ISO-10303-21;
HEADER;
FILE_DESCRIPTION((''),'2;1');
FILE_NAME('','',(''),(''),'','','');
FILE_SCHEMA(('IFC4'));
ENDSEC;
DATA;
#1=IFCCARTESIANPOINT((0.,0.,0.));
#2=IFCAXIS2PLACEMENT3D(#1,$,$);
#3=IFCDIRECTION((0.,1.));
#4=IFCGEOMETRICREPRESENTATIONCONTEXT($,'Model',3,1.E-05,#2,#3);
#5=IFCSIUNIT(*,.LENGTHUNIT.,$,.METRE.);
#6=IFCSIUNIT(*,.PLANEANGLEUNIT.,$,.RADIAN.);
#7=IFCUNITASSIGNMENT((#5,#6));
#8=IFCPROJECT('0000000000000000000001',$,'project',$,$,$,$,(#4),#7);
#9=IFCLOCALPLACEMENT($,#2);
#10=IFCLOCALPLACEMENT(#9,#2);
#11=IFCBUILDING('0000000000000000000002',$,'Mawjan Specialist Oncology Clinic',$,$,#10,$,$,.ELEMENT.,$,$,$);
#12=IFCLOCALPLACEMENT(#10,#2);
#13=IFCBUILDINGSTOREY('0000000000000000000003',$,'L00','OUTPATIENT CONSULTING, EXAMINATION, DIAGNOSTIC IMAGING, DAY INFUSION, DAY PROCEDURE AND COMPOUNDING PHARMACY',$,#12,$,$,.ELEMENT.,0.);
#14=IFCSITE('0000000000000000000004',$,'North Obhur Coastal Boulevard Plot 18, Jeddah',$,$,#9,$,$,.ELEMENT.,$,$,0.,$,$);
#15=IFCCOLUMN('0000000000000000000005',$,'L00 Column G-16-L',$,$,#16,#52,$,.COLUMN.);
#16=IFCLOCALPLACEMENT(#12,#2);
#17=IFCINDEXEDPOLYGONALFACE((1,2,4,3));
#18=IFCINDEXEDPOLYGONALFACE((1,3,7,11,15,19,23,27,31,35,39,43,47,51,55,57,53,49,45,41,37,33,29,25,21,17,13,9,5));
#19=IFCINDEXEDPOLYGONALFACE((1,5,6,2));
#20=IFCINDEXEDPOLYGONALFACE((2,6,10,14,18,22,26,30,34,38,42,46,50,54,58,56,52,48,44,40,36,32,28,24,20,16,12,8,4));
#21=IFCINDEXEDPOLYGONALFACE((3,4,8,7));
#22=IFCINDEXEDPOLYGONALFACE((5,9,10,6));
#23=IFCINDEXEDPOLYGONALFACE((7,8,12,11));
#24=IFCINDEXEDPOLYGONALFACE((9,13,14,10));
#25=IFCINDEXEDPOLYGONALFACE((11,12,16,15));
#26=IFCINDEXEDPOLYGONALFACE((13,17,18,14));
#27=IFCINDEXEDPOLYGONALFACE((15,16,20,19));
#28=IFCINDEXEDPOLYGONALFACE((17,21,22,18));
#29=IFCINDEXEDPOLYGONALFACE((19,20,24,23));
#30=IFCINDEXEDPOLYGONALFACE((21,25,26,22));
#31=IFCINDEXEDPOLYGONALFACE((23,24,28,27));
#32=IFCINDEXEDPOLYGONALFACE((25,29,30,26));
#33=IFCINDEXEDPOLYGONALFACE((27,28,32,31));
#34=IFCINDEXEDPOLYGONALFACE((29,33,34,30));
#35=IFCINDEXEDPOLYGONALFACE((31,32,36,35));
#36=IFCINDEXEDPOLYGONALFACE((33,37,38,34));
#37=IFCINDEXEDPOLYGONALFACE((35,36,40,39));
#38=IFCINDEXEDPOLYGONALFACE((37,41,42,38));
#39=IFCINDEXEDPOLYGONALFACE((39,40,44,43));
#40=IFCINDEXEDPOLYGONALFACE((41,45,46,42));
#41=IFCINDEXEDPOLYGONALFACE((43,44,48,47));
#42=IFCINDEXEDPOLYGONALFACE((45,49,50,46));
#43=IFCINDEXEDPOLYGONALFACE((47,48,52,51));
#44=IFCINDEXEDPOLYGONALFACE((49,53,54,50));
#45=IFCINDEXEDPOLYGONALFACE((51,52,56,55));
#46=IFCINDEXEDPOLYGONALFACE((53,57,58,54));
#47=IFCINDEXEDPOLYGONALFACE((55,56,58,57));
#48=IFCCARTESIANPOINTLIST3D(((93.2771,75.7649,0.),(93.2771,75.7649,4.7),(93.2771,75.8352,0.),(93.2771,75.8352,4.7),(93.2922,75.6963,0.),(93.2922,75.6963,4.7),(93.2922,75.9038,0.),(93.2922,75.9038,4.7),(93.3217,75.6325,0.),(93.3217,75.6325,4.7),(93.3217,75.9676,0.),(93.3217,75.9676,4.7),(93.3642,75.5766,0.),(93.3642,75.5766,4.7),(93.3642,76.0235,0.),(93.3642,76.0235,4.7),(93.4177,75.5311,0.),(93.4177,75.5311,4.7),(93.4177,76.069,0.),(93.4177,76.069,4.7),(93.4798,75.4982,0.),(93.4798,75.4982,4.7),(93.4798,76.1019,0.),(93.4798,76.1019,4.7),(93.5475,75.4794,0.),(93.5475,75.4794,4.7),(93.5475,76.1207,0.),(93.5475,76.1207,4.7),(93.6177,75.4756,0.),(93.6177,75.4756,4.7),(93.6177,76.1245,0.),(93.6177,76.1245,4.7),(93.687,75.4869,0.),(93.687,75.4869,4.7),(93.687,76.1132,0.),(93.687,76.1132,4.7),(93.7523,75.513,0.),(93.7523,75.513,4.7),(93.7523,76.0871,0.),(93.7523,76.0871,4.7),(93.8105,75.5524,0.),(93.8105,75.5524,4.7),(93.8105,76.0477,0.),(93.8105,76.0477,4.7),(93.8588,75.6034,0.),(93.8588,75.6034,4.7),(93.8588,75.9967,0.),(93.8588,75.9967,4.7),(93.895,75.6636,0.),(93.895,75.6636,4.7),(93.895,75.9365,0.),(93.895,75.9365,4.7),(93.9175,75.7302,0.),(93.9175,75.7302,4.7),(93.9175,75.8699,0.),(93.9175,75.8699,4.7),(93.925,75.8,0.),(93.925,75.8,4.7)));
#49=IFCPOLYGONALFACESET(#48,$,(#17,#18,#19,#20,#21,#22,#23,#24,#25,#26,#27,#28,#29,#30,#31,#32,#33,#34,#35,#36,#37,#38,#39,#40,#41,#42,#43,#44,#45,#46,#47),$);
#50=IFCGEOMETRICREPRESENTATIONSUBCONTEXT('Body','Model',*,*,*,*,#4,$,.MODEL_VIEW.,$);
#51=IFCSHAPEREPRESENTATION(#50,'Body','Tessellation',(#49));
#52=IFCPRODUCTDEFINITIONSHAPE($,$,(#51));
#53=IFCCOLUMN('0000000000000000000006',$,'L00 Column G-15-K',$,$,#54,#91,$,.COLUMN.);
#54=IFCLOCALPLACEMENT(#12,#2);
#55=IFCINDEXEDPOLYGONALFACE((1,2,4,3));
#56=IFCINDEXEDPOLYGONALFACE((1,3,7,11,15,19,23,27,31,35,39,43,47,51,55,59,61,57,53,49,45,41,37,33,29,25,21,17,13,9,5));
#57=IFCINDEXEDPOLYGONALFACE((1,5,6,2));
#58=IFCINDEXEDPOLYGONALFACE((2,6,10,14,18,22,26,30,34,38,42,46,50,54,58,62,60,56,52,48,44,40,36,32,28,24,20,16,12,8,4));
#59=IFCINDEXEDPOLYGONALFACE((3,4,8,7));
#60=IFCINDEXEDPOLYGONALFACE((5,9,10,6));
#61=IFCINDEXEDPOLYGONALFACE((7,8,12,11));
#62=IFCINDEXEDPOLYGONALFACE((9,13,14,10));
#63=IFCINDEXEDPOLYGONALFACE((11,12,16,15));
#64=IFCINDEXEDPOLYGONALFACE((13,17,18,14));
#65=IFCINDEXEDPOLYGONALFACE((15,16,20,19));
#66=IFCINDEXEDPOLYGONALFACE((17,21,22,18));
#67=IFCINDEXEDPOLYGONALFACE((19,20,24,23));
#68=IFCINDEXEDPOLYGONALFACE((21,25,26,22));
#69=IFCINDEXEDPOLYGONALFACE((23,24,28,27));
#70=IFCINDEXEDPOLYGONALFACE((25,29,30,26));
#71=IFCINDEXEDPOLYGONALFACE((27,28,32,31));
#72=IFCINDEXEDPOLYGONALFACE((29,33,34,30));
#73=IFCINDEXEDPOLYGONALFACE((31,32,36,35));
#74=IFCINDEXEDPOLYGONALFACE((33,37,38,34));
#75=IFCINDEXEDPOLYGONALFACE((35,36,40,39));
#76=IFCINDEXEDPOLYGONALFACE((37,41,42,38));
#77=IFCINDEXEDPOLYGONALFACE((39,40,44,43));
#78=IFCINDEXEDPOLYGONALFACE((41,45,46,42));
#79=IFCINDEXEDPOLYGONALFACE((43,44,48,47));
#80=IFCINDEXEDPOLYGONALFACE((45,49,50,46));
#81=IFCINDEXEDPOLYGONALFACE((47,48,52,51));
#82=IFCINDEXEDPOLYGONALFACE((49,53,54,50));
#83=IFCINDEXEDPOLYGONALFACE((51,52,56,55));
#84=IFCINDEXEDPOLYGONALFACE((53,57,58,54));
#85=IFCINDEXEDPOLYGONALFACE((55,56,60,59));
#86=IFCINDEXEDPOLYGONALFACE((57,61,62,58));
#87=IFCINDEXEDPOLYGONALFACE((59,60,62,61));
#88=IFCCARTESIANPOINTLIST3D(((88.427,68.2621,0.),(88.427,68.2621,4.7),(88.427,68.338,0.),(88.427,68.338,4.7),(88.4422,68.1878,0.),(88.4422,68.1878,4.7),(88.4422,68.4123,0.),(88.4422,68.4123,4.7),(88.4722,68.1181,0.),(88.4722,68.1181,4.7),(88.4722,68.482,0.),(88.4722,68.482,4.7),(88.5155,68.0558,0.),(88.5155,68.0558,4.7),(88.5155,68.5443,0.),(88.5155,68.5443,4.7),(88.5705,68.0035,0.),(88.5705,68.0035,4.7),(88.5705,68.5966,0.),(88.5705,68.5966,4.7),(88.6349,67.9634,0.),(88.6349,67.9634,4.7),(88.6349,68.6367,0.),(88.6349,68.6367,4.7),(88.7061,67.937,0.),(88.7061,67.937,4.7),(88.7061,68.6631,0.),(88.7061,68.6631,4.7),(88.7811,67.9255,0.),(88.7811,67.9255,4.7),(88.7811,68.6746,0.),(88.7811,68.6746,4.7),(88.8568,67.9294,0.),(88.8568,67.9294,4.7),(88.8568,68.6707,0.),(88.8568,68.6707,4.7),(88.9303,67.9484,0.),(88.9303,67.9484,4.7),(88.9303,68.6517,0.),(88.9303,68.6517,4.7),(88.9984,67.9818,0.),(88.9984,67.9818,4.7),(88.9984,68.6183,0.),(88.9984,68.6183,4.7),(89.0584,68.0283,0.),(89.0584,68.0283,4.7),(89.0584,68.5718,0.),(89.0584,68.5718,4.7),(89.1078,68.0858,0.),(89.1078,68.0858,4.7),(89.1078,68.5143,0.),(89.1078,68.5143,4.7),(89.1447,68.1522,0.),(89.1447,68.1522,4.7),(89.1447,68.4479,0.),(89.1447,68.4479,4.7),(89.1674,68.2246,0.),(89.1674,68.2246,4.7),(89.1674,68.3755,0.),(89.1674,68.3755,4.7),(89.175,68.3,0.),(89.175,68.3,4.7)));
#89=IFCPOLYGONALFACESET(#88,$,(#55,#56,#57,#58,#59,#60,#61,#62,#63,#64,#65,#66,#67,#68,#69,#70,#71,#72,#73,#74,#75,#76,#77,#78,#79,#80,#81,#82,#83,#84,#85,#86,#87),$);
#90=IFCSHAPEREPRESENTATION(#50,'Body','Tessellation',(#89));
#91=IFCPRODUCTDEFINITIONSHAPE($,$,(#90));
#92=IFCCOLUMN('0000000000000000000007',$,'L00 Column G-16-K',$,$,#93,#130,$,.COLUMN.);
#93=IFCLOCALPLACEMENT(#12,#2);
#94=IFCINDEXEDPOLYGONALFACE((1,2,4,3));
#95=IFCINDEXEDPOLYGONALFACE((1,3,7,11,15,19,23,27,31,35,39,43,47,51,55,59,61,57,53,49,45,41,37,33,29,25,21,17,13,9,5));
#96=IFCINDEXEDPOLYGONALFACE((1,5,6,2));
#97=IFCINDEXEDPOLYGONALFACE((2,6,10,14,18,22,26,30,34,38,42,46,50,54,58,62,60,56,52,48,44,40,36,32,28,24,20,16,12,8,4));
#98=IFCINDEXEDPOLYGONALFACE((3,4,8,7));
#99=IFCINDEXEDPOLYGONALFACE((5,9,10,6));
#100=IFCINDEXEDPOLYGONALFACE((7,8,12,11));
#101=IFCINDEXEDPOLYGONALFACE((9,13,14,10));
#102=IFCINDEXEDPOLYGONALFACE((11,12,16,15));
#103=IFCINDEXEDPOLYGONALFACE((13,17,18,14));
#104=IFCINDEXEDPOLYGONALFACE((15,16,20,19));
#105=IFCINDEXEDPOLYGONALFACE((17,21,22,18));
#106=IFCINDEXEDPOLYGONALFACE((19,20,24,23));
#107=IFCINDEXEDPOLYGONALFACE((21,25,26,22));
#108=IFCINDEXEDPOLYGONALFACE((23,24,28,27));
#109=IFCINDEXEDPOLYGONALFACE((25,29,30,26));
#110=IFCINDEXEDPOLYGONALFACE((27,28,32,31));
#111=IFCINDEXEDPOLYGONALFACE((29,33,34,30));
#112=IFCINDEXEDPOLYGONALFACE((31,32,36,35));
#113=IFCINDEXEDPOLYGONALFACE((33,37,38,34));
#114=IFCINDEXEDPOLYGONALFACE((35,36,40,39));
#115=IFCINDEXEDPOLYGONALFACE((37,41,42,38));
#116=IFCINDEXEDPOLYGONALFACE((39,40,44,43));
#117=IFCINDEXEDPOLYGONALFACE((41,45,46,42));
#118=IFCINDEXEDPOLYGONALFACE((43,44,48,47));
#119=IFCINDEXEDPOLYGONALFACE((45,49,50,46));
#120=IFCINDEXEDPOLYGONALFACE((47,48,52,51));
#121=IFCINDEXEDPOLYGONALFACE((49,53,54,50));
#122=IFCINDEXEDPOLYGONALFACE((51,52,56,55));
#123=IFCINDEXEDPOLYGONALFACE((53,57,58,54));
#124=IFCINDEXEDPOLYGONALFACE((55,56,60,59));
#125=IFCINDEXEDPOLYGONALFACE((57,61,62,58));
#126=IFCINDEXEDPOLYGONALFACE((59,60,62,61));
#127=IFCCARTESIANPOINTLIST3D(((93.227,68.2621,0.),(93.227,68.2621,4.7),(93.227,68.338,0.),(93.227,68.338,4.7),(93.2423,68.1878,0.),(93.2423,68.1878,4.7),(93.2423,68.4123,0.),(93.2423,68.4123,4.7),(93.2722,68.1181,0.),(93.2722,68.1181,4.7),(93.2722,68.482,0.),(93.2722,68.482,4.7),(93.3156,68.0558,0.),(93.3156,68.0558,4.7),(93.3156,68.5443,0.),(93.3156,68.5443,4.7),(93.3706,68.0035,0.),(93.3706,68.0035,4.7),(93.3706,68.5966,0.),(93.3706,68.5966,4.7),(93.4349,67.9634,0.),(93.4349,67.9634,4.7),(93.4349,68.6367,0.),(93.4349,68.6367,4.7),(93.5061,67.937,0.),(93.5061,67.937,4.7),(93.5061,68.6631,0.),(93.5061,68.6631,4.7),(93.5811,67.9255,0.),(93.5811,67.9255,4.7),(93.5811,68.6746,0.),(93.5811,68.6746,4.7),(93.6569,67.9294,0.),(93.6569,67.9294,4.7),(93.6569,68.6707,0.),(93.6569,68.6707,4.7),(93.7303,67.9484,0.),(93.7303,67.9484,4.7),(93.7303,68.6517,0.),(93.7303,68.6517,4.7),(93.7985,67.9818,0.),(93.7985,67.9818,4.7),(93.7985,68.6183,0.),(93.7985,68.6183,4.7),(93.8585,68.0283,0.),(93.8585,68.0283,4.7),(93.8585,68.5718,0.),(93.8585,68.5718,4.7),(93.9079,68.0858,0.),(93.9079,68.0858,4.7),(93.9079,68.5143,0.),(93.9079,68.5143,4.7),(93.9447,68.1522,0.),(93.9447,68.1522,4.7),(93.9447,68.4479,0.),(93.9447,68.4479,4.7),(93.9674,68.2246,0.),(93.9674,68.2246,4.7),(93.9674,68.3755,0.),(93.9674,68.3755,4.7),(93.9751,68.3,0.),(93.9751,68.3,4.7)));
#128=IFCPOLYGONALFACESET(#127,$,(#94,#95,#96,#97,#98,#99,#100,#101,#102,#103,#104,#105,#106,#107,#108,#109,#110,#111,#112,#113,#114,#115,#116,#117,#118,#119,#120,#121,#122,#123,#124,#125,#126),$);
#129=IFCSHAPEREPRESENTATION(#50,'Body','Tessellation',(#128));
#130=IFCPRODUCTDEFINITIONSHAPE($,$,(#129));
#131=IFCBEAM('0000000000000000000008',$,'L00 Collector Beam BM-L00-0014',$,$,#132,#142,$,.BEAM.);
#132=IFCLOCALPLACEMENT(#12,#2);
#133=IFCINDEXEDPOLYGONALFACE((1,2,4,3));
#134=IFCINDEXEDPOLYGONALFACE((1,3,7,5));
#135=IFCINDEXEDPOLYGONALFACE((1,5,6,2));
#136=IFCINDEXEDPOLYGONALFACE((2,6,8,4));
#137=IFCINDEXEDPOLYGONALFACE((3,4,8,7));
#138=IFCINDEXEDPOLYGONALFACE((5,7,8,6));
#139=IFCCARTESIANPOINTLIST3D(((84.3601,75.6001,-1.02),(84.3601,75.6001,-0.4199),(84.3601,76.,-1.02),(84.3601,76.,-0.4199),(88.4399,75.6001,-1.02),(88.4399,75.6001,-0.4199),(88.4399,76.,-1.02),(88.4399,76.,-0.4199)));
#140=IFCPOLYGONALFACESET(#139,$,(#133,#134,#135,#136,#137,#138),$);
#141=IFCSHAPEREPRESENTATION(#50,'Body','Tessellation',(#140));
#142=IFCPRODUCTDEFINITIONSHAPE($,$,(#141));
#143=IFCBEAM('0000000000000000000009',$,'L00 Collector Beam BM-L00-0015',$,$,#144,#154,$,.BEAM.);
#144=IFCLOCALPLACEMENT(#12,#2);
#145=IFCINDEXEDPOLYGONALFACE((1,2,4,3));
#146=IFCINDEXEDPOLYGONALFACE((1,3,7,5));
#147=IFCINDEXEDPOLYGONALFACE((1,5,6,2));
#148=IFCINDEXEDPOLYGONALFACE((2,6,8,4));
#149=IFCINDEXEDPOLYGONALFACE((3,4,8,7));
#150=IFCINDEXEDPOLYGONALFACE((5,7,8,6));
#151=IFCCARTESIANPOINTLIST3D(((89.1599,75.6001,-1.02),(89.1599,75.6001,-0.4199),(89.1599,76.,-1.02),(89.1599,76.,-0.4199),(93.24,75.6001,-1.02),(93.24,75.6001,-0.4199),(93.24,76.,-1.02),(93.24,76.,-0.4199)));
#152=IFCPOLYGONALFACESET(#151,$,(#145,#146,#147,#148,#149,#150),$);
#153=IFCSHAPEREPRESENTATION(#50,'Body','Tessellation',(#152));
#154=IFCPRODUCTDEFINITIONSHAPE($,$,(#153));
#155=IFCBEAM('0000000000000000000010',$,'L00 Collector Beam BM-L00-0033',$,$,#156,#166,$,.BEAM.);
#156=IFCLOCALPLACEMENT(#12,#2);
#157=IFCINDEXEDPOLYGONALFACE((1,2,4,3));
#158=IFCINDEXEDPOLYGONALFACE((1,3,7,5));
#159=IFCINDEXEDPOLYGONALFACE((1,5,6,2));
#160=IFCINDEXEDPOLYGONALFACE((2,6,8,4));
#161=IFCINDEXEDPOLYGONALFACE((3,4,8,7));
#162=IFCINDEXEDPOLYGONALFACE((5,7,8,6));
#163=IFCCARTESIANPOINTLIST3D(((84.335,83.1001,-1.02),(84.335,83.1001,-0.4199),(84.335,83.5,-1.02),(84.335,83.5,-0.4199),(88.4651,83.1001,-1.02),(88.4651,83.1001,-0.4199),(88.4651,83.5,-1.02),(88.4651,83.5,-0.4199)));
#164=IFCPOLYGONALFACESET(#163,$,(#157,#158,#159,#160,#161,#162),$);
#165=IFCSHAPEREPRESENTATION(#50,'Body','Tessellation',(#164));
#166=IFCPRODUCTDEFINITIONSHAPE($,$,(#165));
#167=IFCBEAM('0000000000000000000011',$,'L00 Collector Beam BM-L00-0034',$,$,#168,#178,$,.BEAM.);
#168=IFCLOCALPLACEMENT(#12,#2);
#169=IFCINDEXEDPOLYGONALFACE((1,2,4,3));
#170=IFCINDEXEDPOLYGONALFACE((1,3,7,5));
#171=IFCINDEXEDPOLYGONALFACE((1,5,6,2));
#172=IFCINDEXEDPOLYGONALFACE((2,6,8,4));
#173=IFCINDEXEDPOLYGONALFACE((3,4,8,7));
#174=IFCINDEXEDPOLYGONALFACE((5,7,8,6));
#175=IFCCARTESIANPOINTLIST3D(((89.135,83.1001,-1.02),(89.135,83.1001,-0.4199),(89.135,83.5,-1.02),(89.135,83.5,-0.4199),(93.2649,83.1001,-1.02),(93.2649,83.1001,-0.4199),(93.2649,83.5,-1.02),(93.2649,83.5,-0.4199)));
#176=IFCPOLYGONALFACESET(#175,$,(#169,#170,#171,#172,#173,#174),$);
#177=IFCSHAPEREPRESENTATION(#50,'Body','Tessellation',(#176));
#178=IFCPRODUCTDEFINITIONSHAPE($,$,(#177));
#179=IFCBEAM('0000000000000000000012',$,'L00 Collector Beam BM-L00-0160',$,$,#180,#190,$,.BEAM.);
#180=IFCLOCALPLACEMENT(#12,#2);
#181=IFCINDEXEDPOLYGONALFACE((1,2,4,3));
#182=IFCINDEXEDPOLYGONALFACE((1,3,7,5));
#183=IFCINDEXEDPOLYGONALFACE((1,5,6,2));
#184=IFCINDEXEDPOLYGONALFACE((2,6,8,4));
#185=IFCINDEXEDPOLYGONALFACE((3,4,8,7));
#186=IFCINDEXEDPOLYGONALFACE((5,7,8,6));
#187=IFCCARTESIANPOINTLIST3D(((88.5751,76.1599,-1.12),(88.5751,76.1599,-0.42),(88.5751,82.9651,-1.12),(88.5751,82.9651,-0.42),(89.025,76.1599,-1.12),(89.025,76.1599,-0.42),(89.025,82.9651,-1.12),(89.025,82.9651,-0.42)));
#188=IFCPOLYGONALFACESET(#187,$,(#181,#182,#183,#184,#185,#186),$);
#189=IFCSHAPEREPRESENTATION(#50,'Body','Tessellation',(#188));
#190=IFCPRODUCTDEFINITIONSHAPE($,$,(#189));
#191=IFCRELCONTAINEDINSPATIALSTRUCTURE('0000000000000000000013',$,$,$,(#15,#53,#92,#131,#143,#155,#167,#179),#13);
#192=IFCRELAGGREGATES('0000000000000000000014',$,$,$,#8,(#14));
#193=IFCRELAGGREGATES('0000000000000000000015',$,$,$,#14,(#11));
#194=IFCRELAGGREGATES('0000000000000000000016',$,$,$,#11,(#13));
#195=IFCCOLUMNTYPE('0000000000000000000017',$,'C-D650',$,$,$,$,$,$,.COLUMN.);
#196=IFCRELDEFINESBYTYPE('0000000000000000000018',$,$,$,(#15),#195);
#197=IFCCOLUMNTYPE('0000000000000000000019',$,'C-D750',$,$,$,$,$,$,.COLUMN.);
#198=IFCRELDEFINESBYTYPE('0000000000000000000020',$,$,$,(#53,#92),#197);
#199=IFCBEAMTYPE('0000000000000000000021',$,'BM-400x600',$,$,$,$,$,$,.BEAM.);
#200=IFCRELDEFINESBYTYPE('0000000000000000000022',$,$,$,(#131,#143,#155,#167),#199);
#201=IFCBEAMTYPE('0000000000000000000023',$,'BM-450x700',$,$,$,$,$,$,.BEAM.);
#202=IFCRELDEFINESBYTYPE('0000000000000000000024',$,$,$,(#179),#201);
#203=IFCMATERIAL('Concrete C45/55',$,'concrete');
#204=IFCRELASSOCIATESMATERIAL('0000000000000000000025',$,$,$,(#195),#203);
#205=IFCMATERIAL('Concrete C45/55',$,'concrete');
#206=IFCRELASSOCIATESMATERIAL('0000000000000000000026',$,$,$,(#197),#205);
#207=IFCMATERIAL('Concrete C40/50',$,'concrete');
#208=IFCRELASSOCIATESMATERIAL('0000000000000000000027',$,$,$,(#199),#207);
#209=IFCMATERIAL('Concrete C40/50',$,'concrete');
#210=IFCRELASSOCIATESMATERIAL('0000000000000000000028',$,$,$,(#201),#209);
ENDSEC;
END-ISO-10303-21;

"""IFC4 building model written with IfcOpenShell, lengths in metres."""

from ifc_helpers import new_model, si_unit, direction, frame, origin, origin_2d, place, context, subcontext, project, spatial, rectangle, circle, extrude, material, material_profile, profile_set, type_object, element, save


model = new_model("IFC4")

# Units and contexts
model_context = context("Model", 3, precision=1e-05, world=origin(), true_north=direction((0.0, 1.0)))
body_context = subcontext(model_context, "Body", "Model", "MODEL_VIEW")
ifc_project = project(units=[si_unit("LENGTHUNIT", "METRE"), si_unit("PLANEANGLEUNIT", "RADIAN")], contexts=[model_context])

# Site, building, storey
site_placement = place(None, origin())
site = spatial("IfcSite", under=ifc_project, at=site_placement, Name="North Obhur Coastal Boulevard Plot 18, Jeddah", CompositionType="ELEMENT", RefElevation=0.0)
building_placement = place(site_placement, origin())
building = spatial("IfcBuilding", under=site, at=building_placement, Name="Mawjan Specialist Oncology Clinic", CompositionType="ELEMENT")
storey_placement = place(building_placement, origin())
storey = spatial("IfcBuildingStorey", under=building, at=storey_placement, Name="L00", Description="OUTPATIENT CONSULTING, EXAMINATION, DIAGNOSTIC IMAGING, DAY INFUSION, DAY PROCEDURE AND COMPOUNDING PHARMACY", CompositionType="ELEMENT", Elevation=0.0)

# Columns
ifc_material_1 = material(Name="Concrete C45/55", Category="concrete")
ifc_material_profile_1 = material_profile(ifc_material_1, circle(Radius=0.325, at=origin_2d()), Name="RC COL D650", Category="concrete")
ifc_profile_set_1 = profile_set([ifc_material_profile_1], Name="Concrete C45/55")
column_type_1 = type_object("IfcColumnType", Name="C-D650", PredefinedType="COLUMN", material=ifc_profile_set_1)
for number, where, z_axis, x_axis, name in (
    (1, (93.6001, 75.8, 0.0), (0.0, 0.0, 1.0), (1.0, 0.0, 0.0), "L00 Column G-16-L"),
):
    element("IfcColumn", number, at=place(storey_placement, frame(where, z_axis=z_axis, x_axis=x_axis)), inside=storey, type_object=column_type_1, Name=name, PredefinedType="COLUMN", context=body_context, shape_type="SweptSolid", body=[
        extrude(circle(Radius=0.325, at=origin_2d()), origin(), (0.0, 0.0, 1.0), 4.7),
    ])
ifc_material_2 = material(Name="Concrete C45/55", Category="concrete")
ifc_material_profile_2 = material_profile(ifc_material_2, circle(Radius=0.375, at=origin_2d()), Name="RC COL D750", Category="concrete")
ifc_profile_set_2 = profile_set([ifc_material_profile_2], Name="Concrete C45/55")
column_type_2 = type_object("IfcColumnType", Name="C-D750", PredefinedType="COLUMN", material=ifc_profile_set_2)
for number, where, z_axis, x_axis, name in (
    (2, (88.8, 68.3, 0.0), (0.0, 0.0, 1.0), (1.0, 0.0, 0.0), "L00 Column G-15-K"),
    (3, (93.6001, 68.3, 0.0), (0.0, 0.0, 1.0), (1.0, 0.0, 0.0), "L00 Column G-16-K"),
):
    element("IfcColumn", number, at=place(storey_placement, frame(where, z_axis=z_axis, x_axis=x_axis)), inside=storey, type_object=column_type_2, Name=name, PredefinedType="COLUMN", context=body_context, shape_type="SweptSolid", body=[
        extrude(circle(Radius=0.375, at=origin_2d()), origin(), (0.0, 0.0, 1.0), 4.7),
    ])

# Beams
ifc_material_3 = material(Name="Concrete C40/50", Category="concrete")
ifc_material_profile_3 = material_profile(ifc_material_3, rectangle(XDim=0.3999, YDim=0.6001, at=origin_2d()), Name="RC BM 400x600", Category="concrete")
ifc_profile_set_3 = profile_set([ifc_material_profile_3], Name="Concrete C40/50")
beam_type_1 = type_object("IfcBeamType", Name="BM-400x600", PredefinedType="BEAM", material=ifc_profile_set_3)
beam_1_placement = place(storey_placement, frame((84.3601, 75.8, -0.72), z_axis=(1.0, 0.0, 0.0), x_axis=(0.0, 1.0, 0.0)))
element("IfcBeam", 4, at=beam_1_placement, inside=storey, type_object=beam_type_1, Name="L00 Collector Beam BM-L00-0014", PredefinedType="BEAM", context=body_context, shape_type="SweptSolid", body=[
    extrude(rectangle(XDim=0.3999, YDim=0.6001, at=origin_2d()), origin(), (0.0, 0.0, 1.0), 4.0798),
])
beam_2_placement = place(storey_placement, frame((89.1599, 75.8, -0.72), z_axis=(1.0, 0.0, 0.0), x_axis=(0.0, 1.0, 0.0)))
element("IfcBeam", 5, at=beam_2_placement, inside=storey, type_object=beam_type_1, Name="L00 Collector Beam BM-L00-0015", PredefinedType="BEAM", context=body_context, shape_type="SweptSolid", body=[
    extrude(rectangle(XDim=0.3999, YDim=0.6001, at=origin_2d()), origin(), (0.0, 0.0, 1.0), 4.0801),
])
beam_3_placement = place(storey_placement, frame((84.335, 83.3, -0.72), z_axis=(1.0, 0.0, 0.0), x_axis=(0.0, 1.0, 0.0)))
element("IfcBeam", 6, at=beam_3_placement, inside=storey, type_object=beam_type_1, Name="L00 Collector Beam BM-L00-0033", PredefinedType="BEAM", context=body_context, shape_type="SweptSolid", body=[
    extrude(rectangle(XDim=0.3999, YDim=0.6001, at=origin_2d()), origin(), (0.0, 0.0, 1.0), 4.1301),
])
beam_4_placement = place(storey_placement, frame((89.135, 83.3, -0.72), z_axis=(1.0, 0.0, 0.0), x_axis=(0.0, 1.0, 0.0)))
element("IfcBeam", 7, at=beam_4_placement, inside=storey, type_object=beam_type_1, Name="L00 Collector Beam BM-L00-0034", PredefinedType="BEAM", context=body_context, shape_type="SweptSolid", body=[
    extrude(rectangle(XDim=0.3999, YDim=0.6001, at=origin_2d()), origin(), (0.0, 0.0, 1.0), 4.1299),
])
ifc_material_4 = material(Name="Concrete C40/50", Category="concrete")
ifc_material_profile_4 = material_profile(ifc_material_4, rectangle(XDim=0.45, YDim=0.7, at=origin_2d()), Name="RC BM 450x700", Category="concrete")
ifc_profile_set_4 = profile_set([ifc_material_profile_4], Name="Concrete C40/50")
beam_type_2 = type_object("IfcBeamType", Name="BM-450x700", PredefinedType="BEAM", material=ifc_profile_set_4)
for number, where, z_axis, x_axis, name in (
    (8, (88.8, 76.1599, -0.77), (0.0, 1.0, 0.0), (-1.0, 0.0, 0.0), "L00 Collector Beam BM-L00-0160"),
):
    element("IfcBeam", number, at=place(storey_placement, frame(where, z_axis=z_axis, x_axis=x_axis)), inside=storey, type_object=beam_type_2, Name=name, PredefinedType="BEAM", context=body_context, shape_type="SweptSolid", body=[
        extrude(rectangle(XDim=0.45, YDim=0.7, at=origin_2d()), origin(), (0.0, 0.0, 1.0), 6.8052),
    ])

save(model, "model.ifc")
